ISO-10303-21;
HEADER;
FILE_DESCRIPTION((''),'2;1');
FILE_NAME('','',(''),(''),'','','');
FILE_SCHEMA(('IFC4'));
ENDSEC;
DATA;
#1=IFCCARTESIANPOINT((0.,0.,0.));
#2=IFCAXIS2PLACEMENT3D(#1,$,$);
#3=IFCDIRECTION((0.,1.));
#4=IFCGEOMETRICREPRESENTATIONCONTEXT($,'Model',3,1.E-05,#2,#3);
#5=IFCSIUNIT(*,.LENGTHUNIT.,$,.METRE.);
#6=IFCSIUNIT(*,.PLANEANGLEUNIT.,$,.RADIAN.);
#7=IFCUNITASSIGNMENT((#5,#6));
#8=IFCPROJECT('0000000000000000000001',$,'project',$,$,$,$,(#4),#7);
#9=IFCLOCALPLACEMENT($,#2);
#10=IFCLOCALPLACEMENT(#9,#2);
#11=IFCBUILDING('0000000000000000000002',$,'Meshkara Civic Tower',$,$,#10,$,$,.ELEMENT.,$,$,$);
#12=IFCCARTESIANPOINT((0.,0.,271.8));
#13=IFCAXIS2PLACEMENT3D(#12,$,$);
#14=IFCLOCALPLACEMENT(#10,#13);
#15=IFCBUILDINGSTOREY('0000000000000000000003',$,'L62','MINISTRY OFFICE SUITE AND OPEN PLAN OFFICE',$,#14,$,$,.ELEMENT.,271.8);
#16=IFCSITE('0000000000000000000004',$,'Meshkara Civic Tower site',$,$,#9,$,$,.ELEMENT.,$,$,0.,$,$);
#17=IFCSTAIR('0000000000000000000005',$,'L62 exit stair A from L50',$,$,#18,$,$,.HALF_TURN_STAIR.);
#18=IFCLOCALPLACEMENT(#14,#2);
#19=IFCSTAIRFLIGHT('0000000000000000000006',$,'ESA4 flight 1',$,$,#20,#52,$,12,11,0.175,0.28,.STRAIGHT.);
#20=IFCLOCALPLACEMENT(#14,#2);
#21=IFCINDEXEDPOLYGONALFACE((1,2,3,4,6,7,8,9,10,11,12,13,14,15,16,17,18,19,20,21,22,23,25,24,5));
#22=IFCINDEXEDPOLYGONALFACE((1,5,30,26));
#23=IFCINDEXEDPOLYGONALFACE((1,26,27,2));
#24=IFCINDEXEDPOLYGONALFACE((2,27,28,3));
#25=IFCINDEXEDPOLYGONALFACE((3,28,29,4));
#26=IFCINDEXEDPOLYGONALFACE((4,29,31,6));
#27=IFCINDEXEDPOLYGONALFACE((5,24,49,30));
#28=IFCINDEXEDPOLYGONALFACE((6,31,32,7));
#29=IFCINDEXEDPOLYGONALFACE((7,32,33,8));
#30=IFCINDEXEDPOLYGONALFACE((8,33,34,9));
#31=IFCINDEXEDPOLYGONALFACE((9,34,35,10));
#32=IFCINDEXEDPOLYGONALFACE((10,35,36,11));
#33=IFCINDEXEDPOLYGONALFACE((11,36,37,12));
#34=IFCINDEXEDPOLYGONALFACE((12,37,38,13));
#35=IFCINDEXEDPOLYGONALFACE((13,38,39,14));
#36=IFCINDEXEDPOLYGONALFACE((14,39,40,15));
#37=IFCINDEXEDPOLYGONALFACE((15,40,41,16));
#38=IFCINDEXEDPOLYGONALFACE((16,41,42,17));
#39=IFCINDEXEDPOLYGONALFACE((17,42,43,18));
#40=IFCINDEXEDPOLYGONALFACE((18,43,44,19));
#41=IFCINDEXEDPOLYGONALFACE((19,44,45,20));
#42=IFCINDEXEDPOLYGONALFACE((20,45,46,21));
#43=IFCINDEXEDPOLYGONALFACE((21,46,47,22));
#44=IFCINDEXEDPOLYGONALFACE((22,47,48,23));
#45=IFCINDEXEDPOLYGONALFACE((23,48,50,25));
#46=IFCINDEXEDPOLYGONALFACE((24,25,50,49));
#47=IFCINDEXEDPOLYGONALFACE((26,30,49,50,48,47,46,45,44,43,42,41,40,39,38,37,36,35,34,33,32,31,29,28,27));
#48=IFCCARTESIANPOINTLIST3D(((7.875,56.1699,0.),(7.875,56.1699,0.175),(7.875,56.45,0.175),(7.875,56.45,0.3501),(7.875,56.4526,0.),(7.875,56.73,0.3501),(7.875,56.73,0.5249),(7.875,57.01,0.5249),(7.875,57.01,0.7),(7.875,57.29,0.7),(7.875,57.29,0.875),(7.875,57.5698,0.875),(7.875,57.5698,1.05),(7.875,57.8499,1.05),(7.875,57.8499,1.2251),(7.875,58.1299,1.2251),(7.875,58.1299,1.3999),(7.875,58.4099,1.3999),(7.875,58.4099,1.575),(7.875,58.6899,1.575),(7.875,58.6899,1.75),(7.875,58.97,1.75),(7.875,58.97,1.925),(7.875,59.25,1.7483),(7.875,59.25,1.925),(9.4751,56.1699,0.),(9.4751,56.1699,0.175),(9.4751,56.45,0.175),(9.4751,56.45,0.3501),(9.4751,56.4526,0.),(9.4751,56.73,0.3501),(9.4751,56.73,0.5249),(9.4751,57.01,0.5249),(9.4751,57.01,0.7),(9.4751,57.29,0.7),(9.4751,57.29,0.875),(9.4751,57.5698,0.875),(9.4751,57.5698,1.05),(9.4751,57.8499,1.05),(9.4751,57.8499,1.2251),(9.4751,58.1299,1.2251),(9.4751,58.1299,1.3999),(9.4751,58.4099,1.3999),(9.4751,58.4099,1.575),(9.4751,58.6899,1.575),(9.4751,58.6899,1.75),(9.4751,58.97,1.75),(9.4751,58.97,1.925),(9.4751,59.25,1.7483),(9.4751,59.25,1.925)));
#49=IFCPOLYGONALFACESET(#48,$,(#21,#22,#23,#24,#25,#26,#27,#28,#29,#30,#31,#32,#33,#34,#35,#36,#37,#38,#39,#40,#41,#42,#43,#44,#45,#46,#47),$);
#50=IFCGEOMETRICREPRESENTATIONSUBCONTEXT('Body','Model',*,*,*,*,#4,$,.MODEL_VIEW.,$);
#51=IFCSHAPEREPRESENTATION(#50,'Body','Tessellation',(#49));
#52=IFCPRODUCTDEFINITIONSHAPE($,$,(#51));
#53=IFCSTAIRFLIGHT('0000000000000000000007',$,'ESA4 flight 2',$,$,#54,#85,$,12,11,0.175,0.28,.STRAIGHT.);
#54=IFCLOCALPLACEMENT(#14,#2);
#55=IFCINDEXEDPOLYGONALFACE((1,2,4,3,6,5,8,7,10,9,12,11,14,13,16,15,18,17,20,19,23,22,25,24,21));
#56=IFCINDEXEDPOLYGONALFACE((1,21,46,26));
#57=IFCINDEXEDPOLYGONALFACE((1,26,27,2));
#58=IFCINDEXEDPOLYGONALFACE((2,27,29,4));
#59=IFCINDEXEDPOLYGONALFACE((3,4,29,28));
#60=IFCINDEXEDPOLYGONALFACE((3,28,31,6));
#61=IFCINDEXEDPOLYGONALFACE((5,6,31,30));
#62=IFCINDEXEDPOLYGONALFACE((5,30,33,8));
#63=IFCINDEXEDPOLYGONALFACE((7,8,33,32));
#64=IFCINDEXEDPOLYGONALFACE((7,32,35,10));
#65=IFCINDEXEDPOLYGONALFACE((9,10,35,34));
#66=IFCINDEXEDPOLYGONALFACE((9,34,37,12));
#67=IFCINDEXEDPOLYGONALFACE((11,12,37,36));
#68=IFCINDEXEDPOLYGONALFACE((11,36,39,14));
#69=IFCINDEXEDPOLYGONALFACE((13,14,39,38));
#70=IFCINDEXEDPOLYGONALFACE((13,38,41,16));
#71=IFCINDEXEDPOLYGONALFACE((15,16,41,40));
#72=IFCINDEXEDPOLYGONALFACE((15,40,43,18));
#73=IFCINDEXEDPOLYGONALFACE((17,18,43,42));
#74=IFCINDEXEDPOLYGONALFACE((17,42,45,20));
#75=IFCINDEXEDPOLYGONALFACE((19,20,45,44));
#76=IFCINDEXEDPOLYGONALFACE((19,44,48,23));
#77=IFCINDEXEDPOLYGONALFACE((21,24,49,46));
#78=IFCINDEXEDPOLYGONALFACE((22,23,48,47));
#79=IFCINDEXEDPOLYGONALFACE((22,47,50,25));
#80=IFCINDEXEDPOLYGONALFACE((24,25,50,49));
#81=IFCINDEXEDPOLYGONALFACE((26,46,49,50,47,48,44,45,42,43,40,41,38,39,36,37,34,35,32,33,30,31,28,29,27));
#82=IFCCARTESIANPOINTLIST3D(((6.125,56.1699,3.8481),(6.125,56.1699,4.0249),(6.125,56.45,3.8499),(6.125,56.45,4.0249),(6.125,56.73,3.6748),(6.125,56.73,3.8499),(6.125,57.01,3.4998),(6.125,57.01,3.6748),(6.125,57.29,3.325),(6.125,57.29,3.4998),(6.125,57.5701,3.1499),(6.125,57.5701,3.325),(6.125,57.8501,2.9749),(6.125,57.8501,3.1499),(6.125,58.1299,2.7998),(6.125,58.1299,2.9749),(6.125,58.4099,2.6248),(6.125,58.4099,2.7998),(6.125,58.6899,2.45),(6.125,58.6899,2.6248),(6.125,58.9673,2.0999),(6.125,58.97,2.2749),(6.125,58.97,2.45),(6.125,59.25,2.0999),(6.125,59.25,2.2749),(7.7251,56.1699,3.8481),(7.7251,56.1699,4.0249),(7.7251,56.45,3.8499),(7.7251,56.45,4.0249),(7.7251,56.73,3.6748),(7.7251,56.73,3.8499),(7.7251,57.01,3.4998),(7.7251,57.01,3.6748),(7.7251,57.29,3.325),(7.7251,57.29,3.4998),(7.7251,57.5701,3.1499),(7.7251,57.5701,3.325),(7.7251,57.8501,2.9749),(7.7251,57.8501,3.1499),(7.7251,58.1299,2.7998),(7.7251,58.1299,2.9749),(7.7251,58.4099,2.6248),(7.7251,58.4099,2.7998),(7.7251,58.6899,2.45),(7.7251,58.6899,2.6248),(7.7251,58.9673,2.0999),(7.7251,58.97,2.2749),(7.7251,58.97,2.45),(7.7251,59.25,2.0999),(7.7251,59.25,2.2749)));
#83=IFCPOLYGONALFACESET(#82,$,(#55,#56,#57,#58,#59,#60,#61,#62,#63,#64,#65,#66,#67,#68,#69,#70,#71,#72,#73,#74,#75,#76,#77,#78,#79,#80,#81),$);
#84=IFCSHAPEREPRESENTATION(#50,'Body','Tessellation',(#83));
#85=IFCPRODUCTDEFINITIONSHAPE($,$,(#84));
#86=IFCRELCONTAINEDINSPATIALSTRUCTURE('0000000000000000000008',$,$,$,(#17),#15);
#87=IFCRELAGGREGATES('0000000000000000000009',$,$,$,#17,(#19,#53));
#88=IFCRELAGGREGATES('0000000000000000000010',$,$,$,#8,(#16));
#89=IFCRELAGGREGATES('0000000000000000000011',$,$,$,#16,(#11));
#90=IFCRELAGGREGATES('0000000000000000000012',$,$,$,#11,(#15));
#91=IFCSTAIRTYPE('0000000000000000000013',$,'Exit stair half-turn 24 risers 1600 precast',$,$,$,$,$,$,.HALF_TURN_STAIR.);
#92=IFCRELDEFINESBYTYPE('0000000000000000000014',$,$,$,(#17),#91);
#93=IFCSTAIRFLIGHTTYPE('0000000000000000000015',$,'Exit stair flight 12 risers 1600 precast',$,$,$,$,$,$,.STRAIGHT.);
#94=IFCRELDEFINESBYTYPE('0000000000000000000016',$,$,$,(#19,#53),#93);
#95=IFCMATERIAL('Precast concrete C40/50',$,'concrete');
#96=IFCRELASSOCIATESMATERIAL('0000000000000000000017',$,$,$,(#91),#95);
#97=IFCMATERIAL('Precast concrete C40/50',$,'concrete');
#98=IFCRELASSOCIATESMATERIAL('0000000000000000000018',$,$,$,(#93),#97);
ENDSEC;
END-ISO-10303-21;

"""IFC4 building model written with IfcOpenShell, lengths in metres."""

from ifc_helpers import new_model, si_unit, direction, frame, origin, place, context, subcontext, project, spatial, polyline, outline, extrude, material, type_object, element, aggregate, save


model = new_model("IFC4")

# Units and contexts
model_context = context("Model", 3, precision=1e-05, world=origin(), true_north=direction((0.0, 1.0)))
body_context = subcontext(model_context, "Body", "Model", "MODEL_VIEW")
ifc_project = project(units=[si_unit("LENGTHUNIT", "METRE"), si_unit("PLANEANGLEUNIT", "RADIAN")], contexts=[model_context])

# Site, building, storey
site_placement = place(None, origin())
site = spatial("IfcSite", under=ifc_project, at=site_placement, Name="Meshkara Civic Tower site", CompositionType="ELEMENT", RefElevation=0.0)
building_placement = place(site_placement, origin())
building = spatial("IfcBuilding", under=site, at=building_placement, Name="Meshkara Civic Tower", CompositionType="ELEMENT")
storey_placement = place(building_placement, frame((0.0, 0.0, 271.8)))
storey = spatial("IfcBuildingStorey", under=building, at=storey_placement, Name="L62", Description="MINISTRY OFFICE SUITE AND OPEN PLAN OFFICE", CompositionType="ELEMENT", Elevation=271.8)

# Stair, stair flights
ifc_material_1 = material(Name="Precast concrete C40/50", Category="concrete")
stair_type = type_object("IfcStairType", Name="Exit stair half-turn 24 risers 1600 precast", PredefinedType="HALF_TURN_STAIR", material=ifc_material_1)
stair_placement = place(storey_placement, origin())
stair = element("IfcStair", 1, at=stair_placement, inside=storey, type_object=stair_type, Name="L62 exit stair A from L50", PredefinedType="HALF_TURN_STAIR")
ifc_material_2 = material(Name="Precast concrete C40/50", Category="concrete")
stair_flight_type = type_object("IfcStairFlightType", Name="Exit stair flight 12 risers 1600 precast", PredefinedType="STRAIGHT", material=ifc_material_2)
stair_flight_1_placement = place(storey_placement, frame((8.675, 56.1699, 0.0), z_axis=(0.0, 0.0, 1.0), x_axis=(0.0, 1.0, 0.0)))
stair_flight_1 = element("IfcStairFlight", 2, at=stair_flight_1_placement, type_object=stair_flight_type, Name="ESA4 flight 1", NumberOfRisers=12, NumberOfTreads=11, PredefinedType="STRAIGHT", RiserHeight=0.175, TreadLength=0.28, context=body_context, shape_type="SweptSolid", body=[
    extrude(outline(polyline([(0.0, 0.0), (0.0, 0.175), (0.28, 0.175), (0.28, 0.3501), (0.5601, 0.3501), (0.5601, 0.5249), (0.8401, 0.5249), (0.8401, 0.7), (1.1201, 0.7), (1.1201, 0.875), (1.3999, 0.875), (1.3999, 1.05), (1.6799, 1.05), (1.6799, 1.2251), (1.96, 1.2251), (1.96, 1.3999), (2.24, 1.3999), (2.24, 1.575), (2.52, 1.575), (2.52, 1.75), (2.8, 1.75), (2.8, 1.925), (3.0801, 1.925), (3.0801, 2.1001), (3.0801, 1.7483), (0.2827, 0.0), (0.0, 0.0)])), frame((0.0, 0.8, 0.0), z_axis=(0.0, -1.0, 0.0), x_axis=(1.0, 0.0, 0.0)), (0.0, 0.0, 1.0), 1.6001),
])
stair_flight_2_placement = place(storey_placement, frame((6.925, 59.25, 2.0999), z_axis=(0.0, 0.0, 1.0), x_axis=(0.0, -1.0, 0.0)))
stair_flight_2 = element("IfcStairFlight", 3, at=stair_flight_2_placement, type_object=stair_flight_type, Name="ESA4 flight 2", NumberOfRisers=12, NumberOfTreads=11, PredefinedType="STRAIGHT", RiserHeight=0.175, TreadLength=0.28, context=body_context, shape_type="SweptSolid", body=[
    extrude(outline(polyline([(0.0, 0.0), (0.0, 0.175), (0.28, 0.175), (0.28, 0.3501), (0.5601, 0.3501), (0.5601, 0.5249), (0.8401, 0.5249), (0.8401, 0.7), (1.1201, 0.7), (1.1201, 0.875), (1.3999, 0.875), (1.3999, 1.05), (1.6799, 1.05), (1.6799, 1.2251), (1.96, 1.2251), (1.96, 1.3999), (2.24, 1.3999), (2.24, 1.575), (2.52, 1.575), (2.52, 1.75), (2.8, 1.75), (2.8, 1.925), (3.0801, 1.925), (3.0801, 2.1001), (3.0801, 1.7483), (0.2827, 0.0), (0.0, 0.0)])), frame((0.0, 0.8, 0.0), z_axis=(0.0, -1.0, 0.0), x_axis=(1.0, 0.0, 0.0)), (0.0, 0.0, 1.0), 1.6001),
])
aggregate(stair, [stair_flight_1, stair_flight_2])

save(model, "model.ifc")
